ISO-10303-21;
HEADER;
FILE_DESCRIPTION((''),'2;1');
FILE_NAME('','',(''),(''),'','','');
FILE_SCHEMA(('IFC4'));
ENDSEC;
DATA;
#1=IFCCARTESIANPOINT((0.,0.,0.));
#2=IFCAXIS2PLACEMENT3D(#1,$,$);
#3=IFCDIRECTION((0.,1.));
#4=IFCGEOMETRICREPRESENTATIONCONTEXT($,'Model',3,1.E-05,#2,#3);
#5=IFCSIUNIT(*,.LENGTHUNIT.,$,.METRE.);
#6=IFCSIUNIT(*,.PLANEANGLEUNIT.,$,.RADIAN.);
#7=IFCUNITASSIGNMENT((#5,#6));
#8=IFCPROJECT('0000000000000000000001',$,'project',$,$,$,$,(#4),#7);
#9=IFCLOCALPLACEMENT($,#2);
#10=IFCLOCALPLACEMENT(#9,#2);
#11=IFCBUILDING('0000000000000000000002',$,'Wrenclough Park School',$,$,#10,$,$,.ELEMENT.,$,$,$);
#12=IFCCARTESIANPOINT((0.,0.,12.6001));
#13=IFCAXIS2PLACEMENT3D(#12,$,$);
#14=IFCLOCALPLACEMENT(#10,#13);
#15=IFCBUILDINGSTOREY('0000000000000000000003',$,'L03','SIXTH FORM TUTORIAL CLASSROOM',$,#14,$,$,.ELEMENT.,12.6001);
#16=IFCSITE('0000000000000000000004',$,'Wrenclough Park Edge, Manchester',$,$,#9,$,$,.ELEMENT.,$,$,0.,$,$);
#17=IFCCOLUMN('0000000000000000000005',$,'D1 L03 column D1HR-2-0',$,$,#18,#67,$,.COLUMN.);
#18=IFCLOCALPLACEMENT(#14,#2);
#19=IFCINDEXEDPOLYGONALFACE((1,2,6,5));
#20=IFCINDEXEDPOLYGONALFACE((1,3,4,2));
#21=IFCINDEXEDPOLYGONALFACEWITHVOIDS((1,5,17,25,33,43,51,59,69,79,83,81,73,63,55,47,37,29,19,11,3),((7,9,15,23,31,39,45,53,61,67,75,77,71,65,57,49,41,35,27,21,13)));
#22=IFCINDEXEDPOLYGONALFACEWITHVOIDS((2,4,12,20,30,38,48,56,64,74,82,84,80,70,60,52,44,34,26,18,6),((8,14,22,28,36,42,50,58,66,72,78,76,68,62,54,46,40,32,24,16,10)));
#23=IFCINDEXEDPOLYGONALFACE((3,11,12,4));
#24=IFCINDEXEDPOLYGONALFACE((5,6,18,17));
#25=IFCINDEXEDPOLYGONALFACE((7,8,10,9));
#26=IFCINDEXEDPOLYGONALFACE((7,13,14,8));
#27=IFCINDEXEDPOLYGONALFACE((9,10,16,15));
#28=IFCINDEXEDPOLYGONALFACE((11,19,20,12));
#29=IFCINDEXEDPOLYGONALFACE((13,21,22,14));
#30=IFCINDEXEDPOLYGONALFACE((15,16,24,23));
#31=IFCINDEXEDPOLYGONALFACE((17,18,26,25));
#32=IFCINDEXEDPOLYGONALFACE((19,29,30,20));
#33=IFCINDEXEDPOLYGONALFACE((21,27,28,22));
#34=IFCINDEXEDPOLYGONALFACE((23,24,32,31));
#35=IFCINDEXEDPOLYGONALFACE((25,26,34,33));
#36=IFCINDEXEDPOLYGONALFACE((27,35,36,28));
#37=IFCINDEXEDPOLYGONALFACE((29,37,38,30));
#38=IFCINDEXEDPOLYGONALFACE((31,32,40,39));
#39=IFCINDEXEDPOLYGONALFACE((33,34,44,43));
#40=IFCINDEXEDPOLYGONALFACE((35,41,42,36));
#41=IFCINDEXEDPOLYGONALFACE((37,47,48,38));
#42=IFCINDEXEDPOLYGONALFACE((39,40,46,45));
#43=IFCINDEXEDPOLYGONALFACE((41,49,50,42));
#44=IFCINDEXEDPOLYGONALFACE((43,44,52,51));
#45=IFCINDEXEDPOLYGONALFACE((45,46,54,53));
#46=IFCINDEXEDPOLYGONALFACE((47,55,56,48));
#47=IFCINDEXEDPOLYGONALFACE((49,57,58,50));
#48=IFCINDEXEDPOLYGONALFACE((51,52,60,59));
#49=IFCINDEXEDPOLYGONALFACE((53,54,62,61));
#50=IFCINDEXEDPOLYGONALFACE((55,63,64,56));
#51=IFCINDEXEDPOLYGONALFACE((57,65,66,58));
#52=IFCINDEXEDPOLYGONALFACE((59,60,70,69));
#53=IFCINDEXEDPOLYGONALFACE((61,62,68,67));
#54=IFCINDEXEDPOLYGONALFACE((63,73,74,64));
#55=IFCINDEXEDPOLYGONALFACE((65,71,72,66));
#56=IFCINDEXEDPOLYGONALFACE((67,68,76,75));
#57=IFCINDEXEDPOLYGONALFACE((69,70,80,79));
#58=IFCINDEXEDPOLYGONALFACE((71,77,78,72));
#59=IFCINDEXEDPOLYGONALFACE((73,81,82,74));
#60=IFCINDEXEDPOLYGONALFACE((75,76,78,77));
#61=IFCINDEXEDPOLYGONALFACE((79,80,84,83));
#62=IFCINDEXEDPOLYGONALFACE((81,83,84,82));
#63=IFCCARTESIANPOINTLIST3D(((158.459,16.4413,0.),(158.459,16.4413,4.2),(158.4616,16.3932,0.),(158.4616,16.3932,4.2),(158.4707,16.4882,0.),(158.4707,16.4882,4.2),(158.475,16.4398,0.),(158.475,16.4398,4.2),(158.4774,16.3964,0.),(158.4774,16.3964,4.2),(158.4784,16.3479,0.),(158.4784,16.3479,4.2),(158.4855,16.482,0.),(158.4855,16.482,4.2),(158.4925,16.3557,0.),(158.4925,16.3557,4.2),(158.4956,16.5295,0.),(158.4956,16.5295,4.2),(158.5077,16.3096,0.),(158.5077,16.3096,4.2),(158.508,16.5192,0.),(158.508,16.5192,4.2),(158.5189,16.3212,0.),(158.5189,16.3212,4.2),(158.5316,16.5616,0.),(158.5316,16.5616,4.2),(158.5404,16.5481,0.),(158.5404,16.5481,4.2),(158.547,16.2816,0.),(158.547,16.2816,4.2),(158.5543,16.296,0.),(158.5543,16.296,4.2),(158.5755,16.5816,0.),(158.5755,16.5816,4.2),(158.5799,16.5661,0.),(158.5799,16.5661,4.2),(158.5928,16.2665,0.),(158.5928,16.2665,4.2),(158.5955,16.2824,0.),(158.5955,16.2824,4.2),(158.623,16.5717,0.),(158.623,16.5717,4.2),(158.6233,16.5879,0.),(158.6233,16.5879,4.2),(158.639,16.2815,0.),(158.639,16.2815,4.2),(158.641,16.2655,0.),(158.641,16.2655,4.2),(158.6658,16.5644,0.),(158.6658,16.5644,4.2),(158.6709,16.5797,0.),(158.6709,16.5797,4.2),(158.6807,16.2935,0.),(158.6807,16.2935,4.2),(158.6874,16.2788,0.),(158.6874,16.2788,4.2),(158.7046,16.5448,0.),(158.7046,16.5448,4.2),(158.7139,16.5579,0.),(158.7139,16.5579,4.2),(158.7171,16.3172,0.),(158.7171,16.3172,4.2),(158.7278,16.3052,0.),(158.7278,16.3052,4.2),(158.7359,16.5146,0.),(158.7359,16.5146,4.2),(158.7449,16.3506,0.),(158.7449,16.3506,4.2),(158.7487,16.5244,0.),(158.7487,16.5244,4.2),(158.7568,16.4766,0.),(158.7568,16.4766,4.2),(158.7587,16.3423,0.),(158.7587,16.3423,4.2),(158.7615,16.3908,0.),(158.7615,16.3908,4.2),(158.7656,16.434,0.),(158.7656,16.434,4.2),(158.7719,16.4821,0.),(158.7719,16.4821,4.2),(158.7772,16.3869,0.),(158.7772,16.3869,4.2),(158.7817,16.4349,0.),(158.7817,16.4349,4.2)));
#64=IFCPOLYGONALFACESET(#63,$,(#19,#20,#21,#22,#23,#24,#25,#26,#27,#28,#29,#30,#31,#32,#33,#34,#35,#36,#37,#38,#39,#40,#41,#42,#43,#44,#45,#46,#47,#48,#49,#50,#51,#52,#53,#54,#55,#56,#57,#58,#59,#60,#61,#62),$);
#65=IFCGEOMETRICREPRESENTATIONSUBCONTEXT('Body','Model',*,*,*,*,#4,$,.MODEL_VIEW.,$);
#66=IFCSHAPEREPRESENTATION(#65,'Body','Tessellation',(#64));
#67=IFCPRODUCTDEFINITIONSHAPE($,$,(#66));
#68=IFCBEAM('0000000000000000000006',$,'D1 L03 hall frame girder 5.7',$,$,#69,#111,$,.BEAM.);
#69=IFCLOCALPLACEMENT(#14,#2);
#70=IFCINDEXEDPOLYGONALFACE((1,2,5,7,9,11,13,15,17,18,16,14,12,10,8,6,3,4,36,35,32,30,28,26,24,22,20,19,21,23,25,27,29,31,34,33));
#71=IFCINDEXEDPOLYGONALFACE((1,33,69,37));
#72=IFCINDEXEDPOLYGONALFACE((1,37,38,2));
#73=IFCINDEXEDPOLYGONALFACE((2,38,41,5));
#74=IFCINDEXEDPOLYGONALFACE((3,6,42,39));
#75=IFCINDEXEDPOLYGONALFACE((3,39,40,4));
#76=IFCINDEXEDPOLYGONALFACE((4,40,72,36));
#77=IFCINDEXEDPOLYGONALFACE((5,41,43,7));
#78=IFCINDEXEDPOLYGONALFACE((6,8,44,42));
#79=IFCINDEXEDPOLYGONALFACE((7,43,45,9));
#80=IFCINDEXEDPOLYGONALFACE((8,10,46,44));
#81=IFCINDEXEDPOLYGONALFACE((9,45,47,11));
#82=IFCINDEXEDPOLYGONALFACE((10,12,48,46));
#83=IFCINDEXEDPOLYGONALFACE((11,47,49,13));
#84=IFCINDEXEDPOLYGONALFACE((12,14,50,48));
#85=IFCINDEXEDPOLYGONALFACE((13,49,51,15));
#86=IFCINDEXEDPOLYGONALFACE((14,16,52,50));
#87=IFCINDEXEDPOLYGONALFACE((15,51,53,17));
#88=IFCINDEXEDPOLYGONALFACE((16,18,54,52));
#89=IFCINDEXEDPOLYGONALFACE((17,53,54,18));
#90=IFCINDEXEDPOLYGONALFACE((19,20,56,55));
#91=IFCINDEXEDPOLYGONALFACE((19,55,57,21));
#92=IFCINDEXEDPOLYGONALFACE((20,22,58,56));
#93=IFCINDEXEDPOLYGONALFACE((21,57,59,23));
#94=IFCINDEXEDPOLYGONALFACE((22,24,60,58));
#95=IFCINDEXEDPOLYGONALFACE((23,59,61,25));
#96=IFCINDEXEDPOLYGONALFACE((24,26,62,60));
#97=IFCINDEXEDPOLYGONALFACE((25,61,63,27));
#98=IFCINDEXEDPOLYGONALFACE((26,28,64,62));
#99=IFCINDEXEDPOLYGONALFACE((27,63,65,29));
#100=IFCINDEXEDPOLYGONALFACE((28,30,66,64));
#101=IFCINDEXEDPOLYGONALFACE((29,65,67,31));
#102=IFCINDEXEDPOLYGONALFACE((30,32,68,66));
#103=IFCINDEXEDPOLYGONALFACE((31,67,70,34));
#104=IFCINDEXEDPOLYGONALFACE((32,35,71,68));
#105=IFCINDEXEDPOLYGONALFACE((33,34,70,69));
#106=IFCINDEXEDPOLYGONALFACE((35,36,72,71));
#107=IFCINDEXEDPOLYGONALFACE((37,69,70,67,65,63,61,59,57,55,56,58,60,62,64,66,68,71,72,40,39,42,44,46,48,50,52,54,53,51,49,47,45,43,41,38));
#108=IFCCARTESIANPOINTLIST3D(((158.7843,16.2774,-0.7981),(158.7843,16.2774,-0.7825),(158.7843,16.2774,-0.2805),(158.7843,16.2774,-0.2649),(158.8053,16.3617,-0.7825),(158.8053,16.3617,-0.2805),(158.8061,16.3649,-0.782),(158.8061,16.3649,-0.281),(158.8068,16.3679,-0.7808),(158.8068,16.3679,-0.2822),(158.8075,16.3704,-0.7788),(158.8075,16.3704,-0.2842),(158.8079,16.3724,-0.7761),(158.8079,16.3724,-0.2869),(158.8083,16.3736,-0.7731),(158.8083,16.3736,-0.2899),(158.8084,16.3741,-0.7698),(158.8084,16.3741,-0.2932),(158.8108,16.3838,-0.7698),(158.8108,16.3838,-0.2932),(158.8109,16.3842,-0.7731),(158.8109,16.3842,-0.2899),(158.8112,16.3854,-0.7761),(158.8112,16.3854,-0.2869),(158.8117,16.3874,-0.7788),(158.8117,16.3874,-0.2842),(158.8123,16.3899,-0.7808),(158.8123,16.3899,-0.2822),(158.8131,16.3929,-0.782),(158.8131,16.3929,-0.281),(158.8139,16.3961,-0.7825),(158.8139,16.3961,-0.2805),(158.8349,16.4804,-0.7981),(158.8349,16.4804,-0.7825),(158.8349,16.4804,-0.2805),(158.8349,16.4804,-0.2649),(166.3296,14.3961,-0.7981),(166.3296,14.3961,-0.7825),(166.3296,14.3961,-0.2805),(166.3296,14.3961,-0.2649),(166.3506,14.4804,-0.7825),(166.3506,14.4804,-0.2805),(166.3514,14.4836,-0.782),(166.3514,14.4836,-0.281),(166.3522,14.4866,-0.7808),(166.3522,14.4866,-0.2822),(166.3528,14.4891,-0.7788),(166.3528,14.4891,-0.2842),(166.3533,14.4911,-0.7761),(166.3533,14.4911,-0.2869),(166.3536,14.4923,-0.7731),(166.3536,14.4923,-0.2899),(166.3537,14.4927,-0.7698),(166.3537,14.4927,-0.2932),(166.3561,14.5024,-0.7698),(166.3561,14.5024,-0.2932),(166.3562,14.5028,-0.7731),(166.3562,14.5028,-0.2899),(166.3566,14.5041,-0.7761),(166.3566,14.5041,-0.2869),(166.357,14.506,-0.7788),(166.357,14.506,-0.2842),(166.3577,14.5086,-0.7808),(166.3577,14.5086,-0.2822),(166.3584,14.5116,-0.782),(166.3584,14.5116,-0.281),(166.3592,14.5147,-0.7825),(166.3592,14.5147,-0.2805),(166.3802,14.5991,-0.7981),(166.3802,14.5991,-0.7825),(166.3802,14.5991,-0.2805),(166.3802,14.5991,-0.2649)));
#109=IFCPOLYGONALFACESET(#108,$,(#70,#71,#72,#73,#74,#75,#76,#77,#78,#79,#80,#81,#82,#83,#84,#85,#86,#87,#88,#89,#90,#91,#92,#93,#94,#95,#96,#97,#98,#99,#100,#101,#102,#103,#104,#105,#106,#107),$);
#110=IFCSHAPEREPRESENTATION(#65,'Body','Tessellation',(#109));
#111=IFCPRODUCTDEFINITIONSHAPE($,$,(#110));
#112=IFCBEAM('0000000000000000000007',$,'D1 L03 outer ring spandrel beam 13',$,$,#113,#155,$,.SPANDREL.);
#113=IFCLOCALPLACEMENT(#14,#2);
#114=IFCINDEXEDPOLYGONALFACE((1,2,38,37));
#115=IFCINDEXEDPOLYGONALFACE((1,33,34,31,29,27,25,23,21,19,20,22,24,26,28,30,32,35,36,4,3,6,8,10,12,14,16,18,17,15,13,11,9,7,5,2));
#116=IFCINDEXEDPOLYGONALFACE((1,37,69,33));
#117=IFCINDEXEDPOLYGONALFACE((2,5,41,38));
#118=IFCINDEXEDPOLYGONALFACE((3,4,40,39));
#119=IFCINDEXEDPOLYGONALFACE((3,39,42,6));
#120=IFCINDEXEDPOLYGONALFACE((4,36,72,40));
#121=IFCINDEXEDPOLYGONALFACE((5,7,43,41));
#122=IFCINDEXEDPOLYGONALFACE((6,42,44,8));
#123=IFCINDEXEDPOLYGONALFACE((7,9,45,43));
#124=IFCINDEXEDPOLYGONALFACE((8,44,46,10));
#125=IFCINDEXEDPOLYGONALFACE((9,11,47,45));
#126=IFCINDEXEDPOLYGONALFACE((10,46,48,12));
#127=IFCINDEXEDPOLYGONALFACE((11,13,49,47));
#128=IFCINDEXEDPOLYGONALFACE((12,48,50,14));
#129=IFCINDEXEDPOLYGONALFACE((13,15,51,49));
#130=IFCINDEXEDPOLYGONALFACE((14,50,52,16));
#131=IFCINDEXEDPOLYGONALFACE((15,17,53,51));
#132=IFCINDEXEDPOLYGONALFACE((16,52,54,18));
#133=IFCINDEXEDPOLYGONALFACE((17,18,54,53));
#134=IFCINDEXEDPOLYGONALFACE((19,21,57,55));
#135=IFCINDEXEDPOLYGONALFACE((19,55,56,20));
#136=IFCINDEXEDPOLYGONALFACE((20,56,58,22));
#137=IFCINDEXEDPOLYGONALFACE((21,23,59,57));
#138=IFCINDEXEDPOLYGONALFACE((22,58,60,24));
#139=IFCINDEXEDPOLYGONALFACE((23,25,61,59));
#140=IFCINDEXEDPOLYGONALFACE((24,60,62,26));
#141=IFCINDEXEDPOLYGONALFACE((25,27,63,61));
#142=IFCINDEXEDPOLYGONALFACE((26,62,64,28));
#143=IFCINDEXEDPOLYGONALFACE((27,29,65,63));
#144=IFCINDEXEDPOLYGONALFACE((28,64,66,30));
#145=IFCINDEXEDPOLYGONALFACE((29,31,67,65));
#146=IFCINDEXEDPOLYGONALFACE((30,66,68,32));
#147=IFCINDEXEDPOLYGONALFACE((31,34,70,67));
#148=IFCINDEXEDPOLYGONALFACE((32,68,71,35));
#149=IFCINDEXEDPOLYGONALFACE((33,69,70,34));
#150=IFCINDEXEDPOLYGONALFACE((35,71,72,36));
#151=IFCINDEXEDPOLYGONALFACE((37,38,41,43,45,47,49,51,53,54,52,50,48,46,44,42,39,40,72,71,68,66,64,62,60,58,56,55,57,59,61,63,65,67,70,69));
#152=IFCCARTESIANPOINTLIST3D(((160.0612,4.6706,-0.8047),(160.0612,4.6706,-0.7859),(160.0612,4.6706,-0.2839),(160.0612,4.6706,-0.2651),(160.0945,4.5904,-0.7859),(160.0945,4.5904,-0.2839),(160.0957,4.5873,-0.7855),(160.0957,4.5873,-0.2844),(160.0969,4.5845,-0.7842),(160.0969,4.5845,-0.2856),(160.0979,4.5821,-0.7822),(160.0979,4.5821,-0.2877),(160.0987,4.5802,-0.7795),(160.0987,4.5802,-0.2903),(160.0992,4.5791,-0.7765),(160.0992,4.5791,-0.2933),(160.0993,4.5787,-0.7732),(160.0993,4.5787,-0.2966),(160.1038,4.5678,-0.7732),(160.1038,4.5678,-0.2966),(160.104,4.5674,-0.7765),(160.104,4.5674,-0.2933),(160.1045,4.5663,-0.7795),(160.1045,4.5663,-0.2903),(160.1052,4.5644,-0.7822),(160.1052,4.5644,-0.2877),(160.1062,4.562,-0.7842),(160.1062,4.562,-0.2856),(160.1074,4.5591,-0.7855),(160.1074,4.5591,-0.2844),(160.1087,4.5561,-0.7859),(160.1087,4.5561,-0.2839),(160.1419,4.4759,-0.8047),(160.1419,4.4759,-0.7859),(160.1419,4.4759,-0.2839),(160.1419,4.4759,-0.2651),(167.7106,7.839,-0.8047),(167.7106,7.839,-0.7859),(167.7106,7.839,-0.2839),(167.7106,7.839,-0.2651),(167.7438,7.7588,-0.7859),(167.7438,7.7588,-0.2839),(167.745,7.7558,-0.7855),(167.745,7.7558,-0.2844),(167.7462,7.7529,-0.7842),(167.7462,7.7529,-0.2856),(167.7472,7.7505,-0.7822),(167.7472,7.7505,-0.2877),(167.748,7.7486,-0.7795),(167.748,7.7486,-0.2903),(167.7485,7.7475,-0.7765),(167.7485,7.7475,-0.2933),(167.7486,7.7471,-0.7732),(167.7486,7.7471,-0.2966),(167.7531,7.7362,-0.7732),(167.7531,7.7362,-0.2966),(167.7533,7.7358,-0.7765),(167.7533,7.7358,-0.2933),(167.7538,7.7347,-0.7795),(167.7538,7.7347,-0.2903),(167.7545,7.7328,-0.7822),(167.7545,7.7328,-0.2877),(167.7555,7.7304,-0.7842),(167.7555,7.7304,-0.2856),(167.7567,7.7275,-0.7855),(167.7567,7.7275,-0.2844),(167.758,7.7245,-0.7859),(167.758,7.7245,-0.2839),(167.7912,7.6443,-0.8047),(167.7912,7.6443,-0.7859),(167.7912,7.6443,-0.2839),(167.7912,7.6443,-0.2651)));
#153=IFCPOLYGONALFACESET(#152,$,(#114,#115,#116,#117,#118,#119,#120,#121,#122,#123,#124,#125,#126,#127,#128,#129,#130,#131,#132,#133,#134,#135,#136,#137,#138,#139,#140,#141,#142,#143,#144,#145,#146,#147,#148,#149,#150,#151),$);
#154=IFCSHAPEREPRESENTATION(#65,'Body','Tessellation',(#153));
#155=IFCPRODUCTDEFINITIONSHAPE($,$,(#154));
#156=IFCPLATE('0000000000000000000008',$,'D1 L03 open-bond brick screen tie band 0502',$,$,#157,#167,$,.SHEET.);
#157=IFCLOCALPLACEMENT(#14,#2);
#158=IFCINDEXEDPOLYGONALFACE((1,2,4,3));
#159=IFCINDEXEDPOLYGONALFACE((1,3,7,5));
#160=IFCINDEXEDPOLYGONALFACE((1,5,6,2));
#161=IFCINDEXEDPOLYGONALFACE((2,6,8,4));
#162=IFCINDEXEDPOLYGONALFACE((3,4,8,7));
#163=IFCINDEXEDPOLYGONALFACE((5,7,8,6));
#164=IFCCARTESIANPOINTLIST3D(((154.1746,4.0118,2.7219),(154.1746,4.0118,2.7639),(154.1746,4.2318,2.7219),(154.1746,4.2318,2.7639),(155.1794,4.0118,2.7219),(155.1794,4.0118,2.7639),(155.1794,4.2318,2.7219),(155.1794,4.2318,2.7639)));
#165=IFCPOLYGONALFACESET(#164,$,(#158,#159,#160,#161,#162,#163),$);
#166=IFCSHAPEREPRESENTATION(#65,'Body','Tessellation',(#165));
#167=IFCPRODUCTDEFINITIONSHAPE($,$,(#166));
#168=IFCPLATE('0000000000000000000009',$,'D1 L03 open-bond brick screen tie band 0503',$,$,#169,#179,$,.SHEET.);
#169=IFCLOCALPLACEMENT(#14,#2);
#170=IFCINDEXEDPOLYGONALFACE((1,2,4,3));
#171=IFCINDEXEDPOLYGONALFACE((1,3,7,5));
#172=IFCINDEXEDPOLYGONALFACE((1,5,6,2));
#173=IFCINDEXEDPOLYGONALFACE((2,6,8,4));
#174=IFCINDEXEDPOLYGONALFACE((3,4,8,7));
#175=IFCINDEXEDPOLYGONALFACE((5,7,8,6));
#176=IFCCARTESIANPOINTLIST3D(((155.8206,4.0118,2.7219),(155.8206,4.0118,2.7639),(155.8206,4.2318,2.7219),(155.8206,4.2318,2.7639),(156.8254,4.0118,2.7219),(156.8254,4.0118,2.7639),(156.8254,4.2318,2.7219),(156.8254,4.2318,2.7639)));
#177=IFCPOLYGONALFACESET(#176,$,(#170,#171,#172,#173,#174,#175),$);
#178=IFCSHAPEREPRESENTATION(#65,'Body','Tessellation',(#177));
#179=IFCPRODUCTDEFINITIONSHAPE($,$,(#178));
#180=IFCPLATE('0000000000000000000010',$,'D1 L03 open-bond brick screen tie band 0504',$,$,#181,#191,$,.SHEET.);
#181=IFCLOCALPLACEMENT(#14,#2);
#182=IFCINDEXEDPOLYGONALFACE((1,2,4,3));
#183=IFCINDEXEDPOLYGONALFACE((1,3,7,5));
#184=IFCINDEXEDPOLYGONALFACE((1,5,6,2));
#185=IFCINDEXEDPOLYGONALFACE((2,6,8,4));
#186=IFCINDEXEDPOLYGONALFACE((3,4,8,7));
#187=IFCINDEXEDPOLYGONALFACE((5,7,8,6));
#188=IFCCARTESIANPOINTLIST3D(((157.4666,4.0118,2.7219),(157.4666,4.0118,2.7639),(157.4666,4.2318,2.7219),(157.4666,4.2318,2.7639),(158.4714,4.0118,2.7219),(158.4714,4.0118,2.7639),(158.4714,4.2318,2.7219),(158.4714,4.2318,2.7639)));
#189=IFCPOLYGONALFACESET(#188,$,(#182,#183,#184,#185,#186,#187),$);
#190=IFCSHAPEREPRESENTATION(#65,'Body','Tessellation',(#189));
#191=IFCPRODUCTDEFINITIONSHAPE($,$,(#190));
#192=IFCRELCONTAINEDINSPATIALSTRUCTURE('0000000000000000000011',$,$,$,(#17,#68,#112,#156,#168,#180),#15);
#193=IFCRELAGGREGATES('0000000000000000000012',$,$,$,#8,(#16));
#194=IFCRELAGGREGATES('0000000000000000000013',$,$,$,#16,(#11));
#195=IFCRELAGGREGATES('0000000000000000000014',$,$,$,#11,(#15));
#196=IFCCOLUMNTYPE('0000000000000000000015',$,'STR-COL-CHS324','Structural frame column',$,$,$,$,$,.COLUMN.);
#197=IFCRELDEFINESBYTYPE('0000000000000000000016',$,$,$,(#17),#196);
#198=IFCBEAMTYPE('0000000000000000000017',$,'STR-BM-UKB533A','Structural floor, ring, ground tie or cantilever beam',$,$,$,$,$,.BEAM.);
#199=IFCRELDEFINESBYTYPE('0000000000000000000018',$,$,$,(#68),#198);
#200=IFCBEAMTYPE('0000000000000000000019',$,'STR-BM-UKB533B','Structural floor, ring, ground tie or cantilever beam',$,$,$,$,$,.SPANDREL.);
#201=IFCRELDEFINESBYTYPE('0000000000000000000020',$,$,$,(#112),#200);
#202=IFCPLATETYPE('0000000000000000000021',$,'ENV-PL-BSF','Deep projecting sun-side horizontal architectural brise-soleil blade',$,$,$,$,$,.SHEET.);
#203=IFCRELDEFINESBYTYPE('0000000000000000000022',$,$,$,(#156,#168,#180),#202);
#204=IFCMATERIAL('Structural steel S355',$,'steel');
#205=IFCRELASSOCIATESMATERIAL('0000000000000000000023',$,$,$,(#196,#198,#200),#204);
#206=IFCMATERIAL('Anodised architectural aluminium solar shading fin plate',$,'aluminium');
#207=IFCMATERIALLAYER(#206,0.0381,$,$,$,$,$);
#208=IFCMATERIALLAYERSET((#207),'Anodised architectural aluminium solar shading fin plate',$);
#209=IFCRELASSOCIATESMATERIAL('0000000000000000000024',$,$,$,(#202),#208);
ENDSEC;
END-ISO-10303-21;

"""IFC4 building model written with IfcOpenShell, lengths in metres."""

from ifc_helpers import new_model, si_unit, direction, frame, origin, origin_2d, place, context, subcontext, project, spatial, rectangle, hollow_circle, i_section, extrude, material, layer, layer_set, material_profile, profile_set, type_object, element, save


model = new_model("IFC4")

# Units and contexts
model_context = context("Model", 3, precision=1e-05, world=origin(), true_north=direction((0.0, 1.0)))
body_context = subcontext(model_context, "Body", "Model", "MODEL_VIEW")
ifc_project = project(units=[si_unit("LENGTHUNIT", "METRE"), si_unit("PLANEANGLEUNIT", "RADIAN")], contexts=[model_context])

# Site, building, storey
site_placement = place(None, origin())
site = spatial("IfcSite", under=ifc_project, at=site_placement, Name="Wrenclough Park Edge, Manchester", CompositionType="ELEMENT", RefElevation=0.0)
building_placement = place(site_placement, origin())
building = spatial("IfcBuilding", under=site, at=building_placement, Name="Wrenclough Park School", CompositionType="ELEMENT")
storey_placement = place(building_placement, frame((0.0, 0.0, 12.6001)))
storey = spatial("IfcBuildingStorey", under=building, at=storey_placement, Name="L03", Description="SIXTH FORM TUTORIAL CLASSROOM", CompositionType="ELEMENT", Elevation=12.6001)

# Column
ifc_material_1 = material(Name="Structural steel S355", Category="steel")
ifc_material_profile_1 = material_profile(ifc_material_1, hollow_circle(Radius=0.1619, WallThickness=0.0161, at=origin_2d()), Name="CHS 323.9x16.0")
ifc_profile_set_1 = profile_set([ifc_material_profile_1], Name="Structural steel S355")
column_type_1 = type_object("IfcColumnType", Name="STR-COL-CHS324", Description="Structural frame column", PredefinedType="COLUMN", material=ifc_profile_set_1)
column_1_placement = place(storey_placement, frame((158.6201, 16.426, 0.0), z_axis=(0.0, 0.0, 1.0), x_axis=(0.970296, -0.241922, 0.0)))
element("IfcColumn", 1, at=column_1_placement, inside=storey, type_object=column_type_1, Name="D1 L03 column D1HR-2-0", PredefinedType="COLUMN", context=body_context, shape_type="SweptSolid", body=[
    extrude(hollow_circle(Radius=0.1619, WallThickness=0.0161, at=origin_2d()), origin(), (0.0, 0.0, 1.0), 4.2),
])

# Beams
ifc_material_profile_2 = material_profile(ifc_material_1, i_section(OverallWidth=0.2092, OverallDepth=0.5332, WebThickness=0.01, FlangeThickness=0.0156, FilletRadius=0.0127, at=origin_2d()), Name="UKB 533x210x92")
ifc_profile_set_2 = profile_set([ifc_material_profile_2], Name="Structural steel S355")
beam_type_1 = type_object("IfcBeamType", Name="STR-BM-UKB533A", Description="Structural floor, ring, ground tie or cantilever beam", PredefinedType="BEAM", material=ifc_profile_set_2)
beam_1_placement = place(storey_placement, frame((158.8096, 16.3789, -0.5315), z_axis=(0.970294, -0.24193, 0.0), x_axis=(0.24193, 0.970294, 0.0)))
element("IfcBeam", 2, at=beam_1_placement, inside=storey, type_object=beam_type_1, Name="D1 L03 hall frame girder 5.7", PredefinedType="BEAM", context=body_context, shape_type="SweptSolid", body=[
    extrude(i_section(OverallWidth=0.2092, OverallDepth=0.5332, WebThickness=0.01, FlangeThickness=0.0156, FilletRadius=0.0127, at=origin_2d()), origin(), (0.0, 0.0, 1.0), 7.7764),
])
ifc_material_profile_3 = material_profile(ifc_material_1, i_section(OverallWidth=0.2107, OverallDepth=0.5396, WebThickness=0.0117, FlangeThickness=0.0188, FilletRadius=0.0127, at=origin_2d()), Name="UKB 533x210x109")
ifc_profile_set_3 = profile_set([ifc_material_profile_3], Name="Structural steel S355")
beam_type_2 = type_object("IfcBeamType", Name="STR-BM-UKB533B", Description="Structural floor, ring, ground tie or cantilever beam", PredefinedType="SPANDREL", material=ifc_profile_set_3)
beam_2_placement = place(storey_placement, frame((160.1016, 4.5732, -0.5349), z_axis=(0.923881, 0.38268, 0.0), x_axis=(-0.38268, 0.923881, 0.0)))
element("IfcBeam", 3, at=beam_2_placement, inside=storey, type_object=beam_type_2, Name="D1 L03 outer ring spandrel beam 13", PredefinedType="SPANDREL", context=body_context, shape_type="SweptSolid", body=[
    extrude(i_section(OverallWidth=0.2107, OverallDepth=0.5396, WebThickness=0.0117, FlangeThickness=0.0188, FilletRadius=0.0127, at=origin_2d()), origin(), (0.0, 0.0, 1.0), 8.2795),
])

# Plates
ifc_material_2 = material(Name="Anodised architectural aluminium solar shading fin plate", Category="aluminium")
ifc_layer_1 = layer(ifc_material_2, 0.0381)
ifc_layer_set_1 = layer_set([ifc_layer_1], Name="Anodised architectural aluminium solar shading fin plate")
plate_type = type_object("IfcPlateType", Name="ENV-PL-BSF", Description="Deep projecting sun-side horizontal architectural brise-soleil blade", PredefinedType="SHEET", material=ifc_layer_set_1)
for number, where, z_axis, x_axis, name in (
    (4, (154.677, 4.1218, 2.7219), (0.0, 0.0, 1.0), (1.0, 0.0, 0.0), "D1 L03 open-bond brick screen tie band 0502"),
    (5, (156.323, 4.1218, 2.7219), (0.0, 0.0, 1.0), (1.0, 0.0, 0.0), "D1 L03 open-bond brick screen tie band 0503"),
    (6, (157.969, 4.1218, 2.7219), (0.0, 0.0, 1.0), (1.0, 0.0, 0.0), "D1 L03 open-bond brick screen tie band 0504"),
):
    element("IfcPlate", number, at=place(storey_placement, frame(where, z_axis=z_axis, x_axis=x_axis)), inside=storey, type_object=plate_type, Name=name, PredefinedType="SHEET", context=body_context, shape_type="SweptSolid", body=[
        extrude(rectangle(XDim=1.0049, YDim=0.22, at=origin_2d()), origin(), (0.0, 0.0, 1.0), 0.042),
    ])

save(model, "model.ifc")
